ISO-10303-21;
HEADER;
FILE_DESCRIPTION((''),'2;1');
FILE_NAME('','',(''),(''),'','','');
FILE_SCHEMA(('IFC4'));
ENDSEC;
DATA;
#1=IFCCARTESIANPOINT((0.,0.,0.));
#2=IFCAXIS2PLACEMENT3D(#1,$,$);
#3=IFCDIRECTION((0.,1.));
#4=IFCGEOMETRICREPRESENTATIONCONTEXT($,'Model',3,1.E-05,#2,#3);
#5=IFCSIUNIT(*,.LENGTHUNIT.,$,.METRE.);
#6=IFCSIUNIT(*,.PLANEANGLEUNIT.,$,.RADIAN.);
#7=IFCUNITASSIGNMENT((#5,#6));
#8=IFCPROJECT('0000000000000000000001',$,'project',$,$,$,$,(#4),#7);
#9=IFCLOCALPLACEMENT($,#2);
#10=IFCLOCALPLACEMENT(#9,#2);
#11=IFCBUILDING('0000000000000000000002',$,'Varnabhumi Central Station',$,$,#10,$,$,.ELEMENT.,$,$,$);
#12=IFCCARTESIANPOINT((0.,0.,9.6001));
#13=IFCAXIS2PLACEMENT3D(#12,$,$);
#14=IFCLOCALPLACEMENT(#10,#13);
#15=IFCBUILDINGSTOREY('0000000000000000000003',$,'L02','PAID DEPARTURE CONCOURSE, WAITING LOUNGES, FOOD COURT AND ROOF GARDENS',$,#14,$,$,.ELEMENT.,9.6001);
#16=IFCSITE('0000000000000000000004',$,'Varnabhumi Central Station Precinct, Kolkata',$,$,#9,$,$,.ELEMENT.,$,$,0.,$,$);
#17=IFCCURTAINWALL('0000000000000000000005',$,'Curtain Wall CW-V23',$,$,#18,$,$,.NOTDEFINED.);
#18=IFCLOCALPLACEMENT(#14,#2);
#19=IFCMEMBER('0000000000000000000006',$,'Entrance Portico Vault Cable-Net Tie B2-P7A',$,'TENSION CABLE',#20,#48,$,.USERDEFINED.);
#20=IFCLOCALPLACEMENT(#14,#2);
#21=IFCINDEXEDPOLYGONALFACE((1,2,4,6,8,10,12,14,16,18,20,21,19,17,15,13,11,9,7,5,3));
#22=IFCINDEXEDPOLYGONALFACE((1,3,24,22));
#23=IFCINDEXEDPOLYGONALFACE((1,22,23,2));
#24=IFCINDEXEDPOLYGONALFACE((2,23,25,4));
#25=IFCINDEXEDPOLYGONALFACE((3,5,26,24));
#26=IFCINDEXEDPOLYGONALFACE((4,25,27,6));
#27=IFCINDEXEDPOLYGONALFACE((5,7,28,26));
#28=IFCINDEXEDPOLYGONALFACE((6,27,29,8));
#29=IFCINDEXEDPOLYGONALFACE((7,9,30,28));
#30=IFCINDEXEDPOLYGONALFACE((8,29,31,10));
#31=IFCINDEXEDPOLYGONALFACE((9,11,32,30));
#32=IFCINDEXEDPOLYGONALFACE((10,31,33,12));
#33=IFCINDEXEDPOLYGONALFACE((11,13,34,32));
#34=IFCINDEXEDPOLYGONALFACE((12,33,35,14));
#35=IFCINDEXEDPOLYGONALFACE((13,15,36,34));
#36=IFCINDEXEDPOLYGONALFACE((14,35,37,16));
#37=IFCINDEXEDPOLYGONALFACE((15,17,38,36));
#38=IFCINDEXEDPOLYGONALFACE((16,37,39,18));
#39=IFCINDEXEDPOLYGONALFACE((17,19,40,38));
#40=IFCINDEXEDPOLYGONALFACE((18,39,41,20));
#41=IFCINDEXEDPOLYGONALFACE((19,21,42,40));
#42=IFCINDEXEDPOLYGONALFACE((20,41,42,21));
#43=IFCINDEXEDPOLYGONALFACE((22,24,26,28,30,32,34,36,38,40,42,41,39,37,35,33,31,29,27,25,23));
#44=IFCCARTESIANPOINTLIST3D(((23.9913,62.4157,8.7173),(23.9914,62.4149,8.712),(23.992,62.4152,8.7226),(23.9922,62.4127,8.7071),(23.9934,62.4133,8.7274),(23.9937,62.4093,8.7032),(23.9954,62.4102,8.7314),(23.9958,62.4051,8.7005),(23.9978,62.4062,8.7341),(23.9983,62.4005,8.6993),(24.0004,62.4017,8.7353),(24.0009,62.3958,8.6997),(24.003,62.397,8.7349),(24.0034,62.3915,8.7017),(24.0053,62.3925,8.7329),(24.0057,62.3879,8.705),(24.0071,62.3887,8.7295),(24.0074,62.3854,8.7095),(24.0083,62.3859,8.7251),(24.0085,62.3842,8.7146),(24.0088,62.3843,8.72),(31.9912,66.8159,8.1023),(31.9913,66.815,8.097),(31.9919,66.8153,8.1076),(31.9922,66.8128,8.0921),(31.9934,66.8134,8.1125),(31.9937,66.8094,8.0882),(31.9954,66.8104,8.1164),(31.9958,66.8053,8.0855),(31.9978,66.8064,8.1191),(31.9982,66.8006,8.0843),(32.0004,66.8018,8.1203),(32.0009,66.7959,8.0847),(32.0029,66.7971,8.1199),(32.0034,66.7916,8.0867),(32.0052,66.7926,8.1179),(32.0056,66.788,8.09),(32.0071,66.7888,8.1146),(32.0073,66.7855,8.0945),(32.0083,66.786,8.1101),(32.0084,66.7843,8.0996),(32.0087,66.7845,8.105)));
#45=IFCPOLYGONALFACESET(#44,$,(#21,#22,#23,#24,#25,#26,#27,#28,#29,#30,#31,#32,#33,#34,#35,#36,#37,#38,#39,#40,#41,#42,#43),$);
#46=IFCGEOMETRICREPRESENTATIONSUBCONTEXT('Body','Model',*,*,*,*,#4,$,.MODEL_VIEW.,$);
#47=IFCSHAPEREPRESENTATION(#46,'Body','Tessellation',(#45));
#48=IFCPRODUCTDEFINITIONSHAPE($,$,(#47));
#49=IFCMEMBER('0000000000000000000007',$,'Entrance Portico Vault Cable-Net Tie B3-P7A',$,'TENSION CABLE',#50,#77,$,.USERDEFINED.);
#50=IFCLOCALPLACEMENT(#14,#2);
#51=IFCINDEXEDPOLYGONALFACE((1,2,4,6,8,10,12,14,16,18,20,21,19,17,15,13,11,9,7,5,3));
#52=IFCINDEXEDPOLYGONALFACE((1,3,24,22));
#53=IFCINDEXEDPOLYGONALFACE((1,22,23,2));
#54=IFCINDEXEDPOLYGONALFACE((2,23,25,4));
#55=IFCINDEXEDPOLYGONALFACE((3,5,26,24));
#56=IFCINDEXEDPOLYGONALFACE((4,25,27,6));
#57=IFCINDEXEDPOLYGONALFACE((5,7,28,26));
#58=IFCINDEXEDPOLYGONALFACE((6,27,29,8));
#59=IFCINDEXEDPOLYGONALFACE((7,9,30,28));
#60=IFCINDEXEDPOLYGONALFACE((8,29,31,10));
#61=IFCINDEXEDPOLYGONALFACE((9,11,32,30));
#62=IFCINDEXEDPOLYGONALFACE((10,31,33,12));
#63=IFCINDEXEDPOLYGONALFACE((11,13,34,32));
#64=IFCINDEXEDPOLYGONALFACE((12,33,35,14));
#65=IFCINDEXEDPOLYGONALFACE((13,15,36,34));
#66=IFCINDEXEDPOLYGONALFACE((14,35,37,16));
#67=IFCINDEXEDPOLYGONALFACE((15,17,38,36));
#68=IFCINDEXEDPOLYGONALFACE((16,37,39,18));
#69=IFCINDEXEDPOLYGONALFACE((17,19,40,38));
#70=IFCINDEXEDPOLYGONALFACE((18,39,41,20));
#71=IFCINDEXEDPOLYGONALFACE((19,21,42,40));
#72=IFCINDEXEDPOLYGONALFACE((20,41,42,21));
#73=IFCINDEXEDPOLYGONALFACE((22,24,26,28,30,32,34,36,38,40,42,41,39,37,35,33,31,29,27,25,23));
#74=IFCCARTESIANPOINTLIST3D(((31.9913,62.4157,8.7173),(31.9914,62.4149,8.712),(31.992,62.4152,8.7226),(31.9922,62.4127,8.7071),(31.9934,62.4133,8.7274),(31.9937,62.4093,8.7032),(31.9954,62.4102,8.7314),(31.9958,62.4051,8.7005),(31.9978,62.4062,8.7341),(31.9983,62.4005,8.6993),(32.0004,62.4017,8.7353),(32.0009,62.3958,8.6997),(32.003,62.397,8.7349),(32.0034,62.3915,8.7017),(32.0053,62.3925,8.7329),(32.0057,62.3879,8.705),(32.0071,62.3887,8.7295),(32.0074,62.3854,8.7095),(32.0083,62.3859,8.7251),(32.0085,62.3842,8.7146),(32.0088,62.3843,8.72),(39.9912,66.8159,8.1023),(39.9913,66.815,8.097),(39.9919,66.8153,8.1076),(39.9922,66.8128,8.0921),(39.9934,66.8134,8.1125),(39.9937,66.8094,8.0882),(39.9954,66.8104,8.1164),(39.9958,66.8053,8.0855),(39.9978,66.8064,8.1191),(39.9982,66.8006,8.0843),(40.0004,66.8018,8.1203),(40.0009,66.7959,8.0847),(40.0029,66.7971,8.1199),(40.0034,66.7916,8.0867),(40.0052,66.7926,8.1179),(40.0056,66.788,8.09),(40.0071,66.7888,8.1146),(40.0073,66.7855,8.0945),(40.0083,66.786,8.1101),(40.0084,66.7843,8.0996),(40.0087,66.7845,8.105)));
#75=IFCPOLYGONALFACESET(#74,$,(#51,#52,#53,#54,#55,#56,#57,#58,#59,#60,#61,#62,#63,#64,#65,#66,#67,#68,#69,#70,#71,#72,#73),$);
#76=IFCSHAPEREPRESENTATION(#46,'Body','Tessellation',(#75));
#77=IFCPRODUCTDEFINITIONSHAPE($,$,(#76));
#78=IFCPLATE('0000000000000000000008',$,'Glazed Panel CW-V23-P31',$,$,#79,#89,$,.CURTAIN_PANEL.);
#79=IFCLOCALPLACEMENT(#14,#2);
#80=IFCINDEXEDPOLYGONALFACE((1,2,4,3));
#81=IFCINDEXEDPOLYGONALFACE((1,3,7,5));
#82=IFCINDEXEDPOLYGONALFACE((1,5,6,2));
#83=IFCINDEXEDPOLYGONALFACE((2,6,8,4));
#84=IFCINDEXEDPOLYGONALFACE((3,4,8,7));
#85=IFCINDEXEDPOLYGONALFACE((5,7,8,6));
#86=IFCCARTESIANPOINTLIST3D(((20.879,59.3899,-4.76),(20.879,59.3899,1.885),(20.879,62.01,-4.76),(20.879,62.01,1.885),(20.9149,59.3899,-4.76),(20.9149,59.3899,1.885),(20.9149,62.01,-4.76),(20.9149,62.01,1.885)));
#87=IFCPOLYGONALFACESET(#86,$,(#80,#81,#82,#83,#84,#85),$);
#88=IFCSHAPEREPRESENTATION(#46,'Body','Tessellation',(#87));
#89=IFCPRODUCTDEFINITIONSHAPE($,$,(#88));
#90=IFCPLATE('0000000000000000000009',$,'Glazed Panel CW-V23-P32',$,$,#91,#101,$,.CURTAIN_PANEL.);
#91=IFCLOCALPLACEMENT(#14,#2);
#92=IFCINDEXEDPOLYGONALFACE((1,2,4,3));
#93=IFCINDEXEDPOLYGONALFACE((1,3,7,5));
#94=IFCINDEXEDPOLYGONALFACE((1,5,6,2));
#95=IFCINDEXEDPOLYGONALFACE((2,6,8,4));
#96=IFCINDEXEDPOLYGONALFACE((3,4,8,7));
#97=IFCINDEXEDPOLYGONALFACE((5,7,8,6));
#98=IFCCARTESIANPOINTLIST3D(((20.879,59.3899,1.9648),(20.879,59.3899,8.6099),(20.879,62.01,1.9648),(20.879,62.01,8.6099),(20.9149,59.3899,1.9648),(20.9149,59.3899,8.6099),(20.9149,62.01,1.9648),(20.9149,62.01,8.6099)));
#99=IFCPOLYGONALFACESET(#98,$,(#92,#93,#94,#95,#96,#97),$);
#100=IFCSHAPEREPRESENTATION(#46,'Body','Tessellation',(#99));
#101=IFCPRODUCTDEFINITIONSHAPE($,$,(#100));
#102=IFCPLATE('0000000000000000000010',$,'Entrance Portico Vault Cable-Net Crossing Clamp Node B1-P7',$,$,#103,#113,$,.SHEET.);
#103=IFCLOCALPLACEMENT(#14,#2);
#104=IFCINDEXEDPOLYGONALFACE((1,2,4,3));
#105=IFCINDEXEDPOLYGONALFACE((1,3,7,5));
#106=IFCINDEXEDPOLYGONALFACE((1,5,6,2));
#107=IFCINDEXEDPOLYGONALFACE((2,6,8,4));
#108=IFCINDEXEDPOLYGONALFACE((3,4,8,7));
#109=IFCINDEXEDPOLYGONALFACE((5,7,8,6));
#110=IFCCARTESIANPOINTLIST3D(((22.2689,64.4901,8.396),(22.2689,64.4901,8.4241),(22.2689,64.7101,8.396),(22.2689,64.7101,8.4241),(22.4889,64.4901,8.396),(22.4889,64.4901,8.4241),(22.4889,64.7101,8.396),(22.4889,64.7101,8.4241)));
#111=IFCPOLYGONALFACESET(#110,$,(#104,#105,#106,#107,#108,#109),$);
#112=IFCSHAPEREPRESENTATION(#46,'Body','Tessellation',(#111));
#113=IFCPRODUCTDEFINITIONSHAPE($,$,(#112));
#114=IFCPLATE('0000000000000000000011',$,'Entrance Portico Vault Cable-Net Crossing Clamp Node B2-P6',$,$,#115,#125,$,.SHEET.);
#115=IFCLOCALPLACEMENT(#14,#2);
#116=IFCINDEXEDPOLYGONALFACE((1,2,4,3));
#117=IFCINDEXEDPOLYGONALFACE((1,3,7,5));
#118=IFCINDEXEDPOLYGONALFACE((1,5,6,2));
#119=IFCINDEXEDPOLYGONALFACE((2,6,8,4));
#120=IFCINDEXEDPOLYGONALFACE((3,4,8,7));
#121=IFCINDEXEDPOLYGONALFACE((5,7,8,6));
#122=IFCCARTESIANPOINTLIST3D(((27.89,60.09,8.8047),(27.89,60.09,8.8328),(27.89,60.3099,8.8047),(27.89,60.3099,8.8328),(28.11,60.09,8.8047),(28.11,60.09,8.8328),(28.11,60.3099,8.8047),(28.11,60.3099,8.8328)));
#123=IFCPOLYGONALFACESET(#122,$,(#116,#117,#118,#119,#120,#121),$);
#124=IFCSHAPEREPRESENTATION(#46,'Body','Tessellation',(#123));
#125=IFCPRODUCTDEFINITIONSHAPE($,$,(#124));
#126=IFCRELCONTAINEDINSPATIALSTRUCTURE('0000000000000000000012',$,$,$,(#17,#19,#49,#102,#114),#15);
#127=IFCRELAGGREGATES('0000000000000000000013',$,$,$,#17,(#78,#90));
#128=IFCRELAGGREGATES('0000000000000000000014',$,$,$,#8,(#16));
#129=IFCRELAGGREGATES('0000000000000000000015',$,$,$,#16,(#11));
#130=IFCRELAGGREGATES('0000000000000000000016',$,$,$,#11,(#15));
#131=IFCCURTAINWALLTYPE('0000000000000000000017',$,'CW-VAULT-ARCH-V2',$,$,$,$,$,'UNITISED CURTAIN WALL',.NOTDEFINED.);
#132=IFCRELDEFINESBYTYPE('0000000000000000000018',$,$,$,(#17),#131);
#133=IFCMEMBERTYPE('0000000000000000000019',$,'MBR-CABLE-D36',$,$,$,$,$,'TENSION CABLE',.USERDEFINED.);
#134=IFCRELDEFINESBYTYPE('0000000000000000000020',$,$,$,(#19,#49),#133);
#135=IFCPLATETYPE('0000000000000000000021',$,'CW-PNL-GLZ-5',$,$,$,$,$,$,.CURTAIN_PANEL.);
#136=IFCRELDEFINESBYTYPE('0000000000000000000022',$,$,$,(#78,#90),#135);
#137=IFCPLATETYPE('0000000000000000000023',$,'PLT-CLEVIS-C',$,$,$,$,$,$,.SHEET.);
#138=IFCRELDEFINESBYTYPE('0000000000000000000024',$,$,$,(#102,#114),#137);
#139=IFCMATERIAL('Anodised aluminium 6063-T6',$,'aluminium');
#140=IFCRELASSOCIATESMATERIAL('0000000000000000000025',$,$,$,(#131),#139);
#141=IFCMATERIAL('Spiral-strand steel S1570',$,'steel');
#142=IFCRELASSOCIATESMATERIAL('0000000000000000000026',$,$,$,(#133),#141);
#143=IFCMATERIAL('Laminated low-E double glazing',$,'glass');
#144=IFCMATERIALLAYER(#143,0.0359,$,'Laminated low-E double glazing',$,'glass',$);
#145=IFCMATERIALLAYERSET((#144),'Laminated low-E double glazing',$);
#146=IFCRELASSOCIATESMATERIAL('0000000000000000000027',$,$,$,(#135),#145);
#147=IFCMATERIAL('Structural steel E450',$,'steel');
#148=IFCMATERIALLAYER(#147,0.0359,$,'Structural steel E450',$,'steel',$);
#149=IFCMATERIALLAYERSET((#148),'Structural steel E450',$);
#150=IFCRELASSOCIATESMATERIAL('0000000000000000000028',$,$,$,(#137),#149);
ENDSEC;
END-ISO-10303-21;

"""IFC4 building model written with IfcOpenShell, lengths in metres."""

from ifc_helpers import new_model, si_unit, direction, frame, origin, origin_2d, place, context, subcontext, project, spatial, rectangle, circle, extrude, material, layer, layer_set, material_profile, profile_set, type_object, element, aggregate, save


model = new_model("IFC4")

# Units and contexts
model_context = context("Model", 3, precision=1e-05, world=origin(), true_north=direction((0.0, 1.0)))
body_context = subcontext(model_context, "Body", "Model", "MODEL_VIEW")
ifc_project = project(units=[si_unit("LENGTHUNIT", "METRE"), si_unit("PLANEANGLEUNIT", "RADIAN")], contexts=[model_context])

# Site, building, storey
site_placement = place(None, origin())
site = spatial("IfcSite", under=ifc_project, at=site_placement, Name="Varnabhumi Central Station Precinct, Kolkata", CompositionType="ELEMENT", RefElevation=0.0)
building_placement = place(site_placement, origin())
building = spatial("IfcBuilding", under=site, at=building_placement, Name="Varnabhumi Central Station", CompositionType="ELEMENT")
storey_placement = place(building_placement, frame((0.0, 0.0, 9.6001)))
storey = spatial("IfcBuildingStorey", under=building, at=storey_placement, Name="L02", Description="PAID DEPARTURE CONCOURSE, WAITING LOUNGES, FOOD COURT AND ROOF GARDENS", CompositionType="ELEMENT", Elevation=9.6001)

# Curtain wall
ifc_material_1 = material(Name="Anodised aluminium 6063-T6", Category="aluminium")
curtain_wall_type = type_object("IfcCurtainWallType", Name="CW-VAULT-ARCH-V2", ElementType="UNITISED CURTAIN WALL", PredefinedType="NOTDEFINED", material=ifc_material_1)
curtain_wall_placement = place(storey_placement, origin())
curtain_wall = element("IfcCurtainWall", 1, at=curtain_wall_placement, inside=storey, type_object=curtain_wall_type, Name="Curtain Wall CW-V23", PredefinedType="NOTDEFINED")

# Members
ifc_material_2 = material(Name="Spiral-strand steel S1570", Category="steel")
ifc_material_profile_1 = material_profile(ifc_material_2, circle(Radius=0.0181, at=origin_2d()), Name="Spiral-strand steel S1570", Category="steel")
ifc_profile_set_1 = profile_set([ifc_material_profile_1], Name="Spiral-strand steel S1570")
member_type_1 = type_object("IfcMemberType", Name="MBR-CABLE-D36", ElementType="TENSION CABLE", PredefinedType="USERDEFINED", material=ifc_profile_set_1)
for number, where, z_axis, x_axis, name in (
    (2, (24.0, 62.3999, 8.7173), (0.874228, 0.480842, -0.067205), (-0.481931, 0.876209, 0.0), "Entrance Portico Vault Cable-Net Tie B2-P7A"),
    (3, (32.0, 62.3999, 8.7173), (0.874228, 0.480842, -0.067205), (-0.481931, 0.876209, 0.0), "Entrance Portico Vault Cable-Net Tie B3-P7A"),
):
    element("IfcMember", number, at=place(storey_placement, frame(where, z_axis=z_axis, x_axis=x_axis)), inside=storey, type_object=member_type_1, Name=name, ObjectType="TENSION CABLE", PredefinedType="USERDEFINED", context=body_context, shape_type="SweptSolid", body=[
        extrude(circle(Radius=0.0181, at=origin_2d()), origin(), (0.0, 0.0, 1.0), 9.1509),
    ])

# Plates
ifc_material_3 = material(Name="Laminated low-E double glazing", Category="glass")
ifc_layer_1 = layer(ifc_material_3, 0.0359, Name="Laminated low-E double glazing", Category="glass")
ifc_layer_set_1 = layer_set([ifc_layer_1], Name="Laminated low-E double glazing")
plate_type_1 = type_object("IfcPlateType", Name="CW-PNL-GLZ-5", PredefinedType="CURTAIN_PANEL", material=ifc_layer_set_1)
plate_1_placement = place(storey_placement, frame((20.897, 60.7, -4.76), z_axis=(0.0, 0.0, 1.0), x_axis=(0.0, 1.0, 0.0)))
plate_1 = element("IfcPlate", 4, at=plate_1_placement, type_object=plate_type_1, Name="Glazed Panel CW-V23-P31", PredefinedType="CURTAIN_PANEL", context=body_context, shape_type="SweptSolid", body=[
    extrude(rectangle(XDim=2.6201, YDim=0.0359, at=origin_2d()), origin(), (0.0, 0.0, 1.0), 6.645),
])
plate_2_placement = place(storey_placement, frame((20.897, 60.7, 1.9648), z_axis=(0.0, 0.0, 1.0), x_axis=(0.0, 1.0, 0.0)))
plate_2 = element("IfcPlate", 5, at=plate_2_placement, type_object=plate_type_1, Name="Glazed Panel CW-V23-P32", PredefinedType="CURTAIN_PANEL", context=body_context, shape_type="SweptSolid", body=[
    extrude(rectangle(XDim=2.6201, YDim=0.0359, at=origin_2d()), origin(), (0.0, 0.0, 1.0), 6.645),
])
aggregate(curtain_wall, [plate_1, plate_2])

# Plates
ifc_material_4 = material(Name="Structural steel E450", Category="steel")
ifc_layer_2 = layer(ifc_material_4, 0.0359, Name="Structural steel E450", Category="steel")
ifc_layer_set_2 = layer_set([ifc_layer_2], Name="Structural steel E450")
plate_type_2 = type_object("IfcPlateType", Name="PLT-CLEVIS-C", PredefinedType="SHEET", material=ifc_layer_set_2)
for number, where, z_axis, x_axis, name in (
    (6, (22.3789, 64.6001, 8.396), (0.0, 0.0, 1.0), (1.0, 0.0, 0.0), "Entrance Portico Vault Cable-Net Crossing Clamp Node B1-P7"),
    (7, (28.0, 60.2, 8.8047), (0.0, 0.0, 1.0), (1.0, 0.0, 0.0), "Entrance Portico Vault Cable-Net Crossing Clamp Node B2-P6"),
):
    element("IfcPlate", number, at=place(storey_placement, frame(where, z_axis=z_axis, x_axis=x_axis)), inside=storey, type_object=plate_type_2, Name=name, PredefinedType="SHEET", context=body_context, shape_type="SweptSolid", body=[
        extrude(rectangle(XDim=0.22, YDim=0.22, at=origin_2d()), origin(), (0.0, 0.0, 1.0), 0.0281),
    ])

save(model, "model.ifc")
